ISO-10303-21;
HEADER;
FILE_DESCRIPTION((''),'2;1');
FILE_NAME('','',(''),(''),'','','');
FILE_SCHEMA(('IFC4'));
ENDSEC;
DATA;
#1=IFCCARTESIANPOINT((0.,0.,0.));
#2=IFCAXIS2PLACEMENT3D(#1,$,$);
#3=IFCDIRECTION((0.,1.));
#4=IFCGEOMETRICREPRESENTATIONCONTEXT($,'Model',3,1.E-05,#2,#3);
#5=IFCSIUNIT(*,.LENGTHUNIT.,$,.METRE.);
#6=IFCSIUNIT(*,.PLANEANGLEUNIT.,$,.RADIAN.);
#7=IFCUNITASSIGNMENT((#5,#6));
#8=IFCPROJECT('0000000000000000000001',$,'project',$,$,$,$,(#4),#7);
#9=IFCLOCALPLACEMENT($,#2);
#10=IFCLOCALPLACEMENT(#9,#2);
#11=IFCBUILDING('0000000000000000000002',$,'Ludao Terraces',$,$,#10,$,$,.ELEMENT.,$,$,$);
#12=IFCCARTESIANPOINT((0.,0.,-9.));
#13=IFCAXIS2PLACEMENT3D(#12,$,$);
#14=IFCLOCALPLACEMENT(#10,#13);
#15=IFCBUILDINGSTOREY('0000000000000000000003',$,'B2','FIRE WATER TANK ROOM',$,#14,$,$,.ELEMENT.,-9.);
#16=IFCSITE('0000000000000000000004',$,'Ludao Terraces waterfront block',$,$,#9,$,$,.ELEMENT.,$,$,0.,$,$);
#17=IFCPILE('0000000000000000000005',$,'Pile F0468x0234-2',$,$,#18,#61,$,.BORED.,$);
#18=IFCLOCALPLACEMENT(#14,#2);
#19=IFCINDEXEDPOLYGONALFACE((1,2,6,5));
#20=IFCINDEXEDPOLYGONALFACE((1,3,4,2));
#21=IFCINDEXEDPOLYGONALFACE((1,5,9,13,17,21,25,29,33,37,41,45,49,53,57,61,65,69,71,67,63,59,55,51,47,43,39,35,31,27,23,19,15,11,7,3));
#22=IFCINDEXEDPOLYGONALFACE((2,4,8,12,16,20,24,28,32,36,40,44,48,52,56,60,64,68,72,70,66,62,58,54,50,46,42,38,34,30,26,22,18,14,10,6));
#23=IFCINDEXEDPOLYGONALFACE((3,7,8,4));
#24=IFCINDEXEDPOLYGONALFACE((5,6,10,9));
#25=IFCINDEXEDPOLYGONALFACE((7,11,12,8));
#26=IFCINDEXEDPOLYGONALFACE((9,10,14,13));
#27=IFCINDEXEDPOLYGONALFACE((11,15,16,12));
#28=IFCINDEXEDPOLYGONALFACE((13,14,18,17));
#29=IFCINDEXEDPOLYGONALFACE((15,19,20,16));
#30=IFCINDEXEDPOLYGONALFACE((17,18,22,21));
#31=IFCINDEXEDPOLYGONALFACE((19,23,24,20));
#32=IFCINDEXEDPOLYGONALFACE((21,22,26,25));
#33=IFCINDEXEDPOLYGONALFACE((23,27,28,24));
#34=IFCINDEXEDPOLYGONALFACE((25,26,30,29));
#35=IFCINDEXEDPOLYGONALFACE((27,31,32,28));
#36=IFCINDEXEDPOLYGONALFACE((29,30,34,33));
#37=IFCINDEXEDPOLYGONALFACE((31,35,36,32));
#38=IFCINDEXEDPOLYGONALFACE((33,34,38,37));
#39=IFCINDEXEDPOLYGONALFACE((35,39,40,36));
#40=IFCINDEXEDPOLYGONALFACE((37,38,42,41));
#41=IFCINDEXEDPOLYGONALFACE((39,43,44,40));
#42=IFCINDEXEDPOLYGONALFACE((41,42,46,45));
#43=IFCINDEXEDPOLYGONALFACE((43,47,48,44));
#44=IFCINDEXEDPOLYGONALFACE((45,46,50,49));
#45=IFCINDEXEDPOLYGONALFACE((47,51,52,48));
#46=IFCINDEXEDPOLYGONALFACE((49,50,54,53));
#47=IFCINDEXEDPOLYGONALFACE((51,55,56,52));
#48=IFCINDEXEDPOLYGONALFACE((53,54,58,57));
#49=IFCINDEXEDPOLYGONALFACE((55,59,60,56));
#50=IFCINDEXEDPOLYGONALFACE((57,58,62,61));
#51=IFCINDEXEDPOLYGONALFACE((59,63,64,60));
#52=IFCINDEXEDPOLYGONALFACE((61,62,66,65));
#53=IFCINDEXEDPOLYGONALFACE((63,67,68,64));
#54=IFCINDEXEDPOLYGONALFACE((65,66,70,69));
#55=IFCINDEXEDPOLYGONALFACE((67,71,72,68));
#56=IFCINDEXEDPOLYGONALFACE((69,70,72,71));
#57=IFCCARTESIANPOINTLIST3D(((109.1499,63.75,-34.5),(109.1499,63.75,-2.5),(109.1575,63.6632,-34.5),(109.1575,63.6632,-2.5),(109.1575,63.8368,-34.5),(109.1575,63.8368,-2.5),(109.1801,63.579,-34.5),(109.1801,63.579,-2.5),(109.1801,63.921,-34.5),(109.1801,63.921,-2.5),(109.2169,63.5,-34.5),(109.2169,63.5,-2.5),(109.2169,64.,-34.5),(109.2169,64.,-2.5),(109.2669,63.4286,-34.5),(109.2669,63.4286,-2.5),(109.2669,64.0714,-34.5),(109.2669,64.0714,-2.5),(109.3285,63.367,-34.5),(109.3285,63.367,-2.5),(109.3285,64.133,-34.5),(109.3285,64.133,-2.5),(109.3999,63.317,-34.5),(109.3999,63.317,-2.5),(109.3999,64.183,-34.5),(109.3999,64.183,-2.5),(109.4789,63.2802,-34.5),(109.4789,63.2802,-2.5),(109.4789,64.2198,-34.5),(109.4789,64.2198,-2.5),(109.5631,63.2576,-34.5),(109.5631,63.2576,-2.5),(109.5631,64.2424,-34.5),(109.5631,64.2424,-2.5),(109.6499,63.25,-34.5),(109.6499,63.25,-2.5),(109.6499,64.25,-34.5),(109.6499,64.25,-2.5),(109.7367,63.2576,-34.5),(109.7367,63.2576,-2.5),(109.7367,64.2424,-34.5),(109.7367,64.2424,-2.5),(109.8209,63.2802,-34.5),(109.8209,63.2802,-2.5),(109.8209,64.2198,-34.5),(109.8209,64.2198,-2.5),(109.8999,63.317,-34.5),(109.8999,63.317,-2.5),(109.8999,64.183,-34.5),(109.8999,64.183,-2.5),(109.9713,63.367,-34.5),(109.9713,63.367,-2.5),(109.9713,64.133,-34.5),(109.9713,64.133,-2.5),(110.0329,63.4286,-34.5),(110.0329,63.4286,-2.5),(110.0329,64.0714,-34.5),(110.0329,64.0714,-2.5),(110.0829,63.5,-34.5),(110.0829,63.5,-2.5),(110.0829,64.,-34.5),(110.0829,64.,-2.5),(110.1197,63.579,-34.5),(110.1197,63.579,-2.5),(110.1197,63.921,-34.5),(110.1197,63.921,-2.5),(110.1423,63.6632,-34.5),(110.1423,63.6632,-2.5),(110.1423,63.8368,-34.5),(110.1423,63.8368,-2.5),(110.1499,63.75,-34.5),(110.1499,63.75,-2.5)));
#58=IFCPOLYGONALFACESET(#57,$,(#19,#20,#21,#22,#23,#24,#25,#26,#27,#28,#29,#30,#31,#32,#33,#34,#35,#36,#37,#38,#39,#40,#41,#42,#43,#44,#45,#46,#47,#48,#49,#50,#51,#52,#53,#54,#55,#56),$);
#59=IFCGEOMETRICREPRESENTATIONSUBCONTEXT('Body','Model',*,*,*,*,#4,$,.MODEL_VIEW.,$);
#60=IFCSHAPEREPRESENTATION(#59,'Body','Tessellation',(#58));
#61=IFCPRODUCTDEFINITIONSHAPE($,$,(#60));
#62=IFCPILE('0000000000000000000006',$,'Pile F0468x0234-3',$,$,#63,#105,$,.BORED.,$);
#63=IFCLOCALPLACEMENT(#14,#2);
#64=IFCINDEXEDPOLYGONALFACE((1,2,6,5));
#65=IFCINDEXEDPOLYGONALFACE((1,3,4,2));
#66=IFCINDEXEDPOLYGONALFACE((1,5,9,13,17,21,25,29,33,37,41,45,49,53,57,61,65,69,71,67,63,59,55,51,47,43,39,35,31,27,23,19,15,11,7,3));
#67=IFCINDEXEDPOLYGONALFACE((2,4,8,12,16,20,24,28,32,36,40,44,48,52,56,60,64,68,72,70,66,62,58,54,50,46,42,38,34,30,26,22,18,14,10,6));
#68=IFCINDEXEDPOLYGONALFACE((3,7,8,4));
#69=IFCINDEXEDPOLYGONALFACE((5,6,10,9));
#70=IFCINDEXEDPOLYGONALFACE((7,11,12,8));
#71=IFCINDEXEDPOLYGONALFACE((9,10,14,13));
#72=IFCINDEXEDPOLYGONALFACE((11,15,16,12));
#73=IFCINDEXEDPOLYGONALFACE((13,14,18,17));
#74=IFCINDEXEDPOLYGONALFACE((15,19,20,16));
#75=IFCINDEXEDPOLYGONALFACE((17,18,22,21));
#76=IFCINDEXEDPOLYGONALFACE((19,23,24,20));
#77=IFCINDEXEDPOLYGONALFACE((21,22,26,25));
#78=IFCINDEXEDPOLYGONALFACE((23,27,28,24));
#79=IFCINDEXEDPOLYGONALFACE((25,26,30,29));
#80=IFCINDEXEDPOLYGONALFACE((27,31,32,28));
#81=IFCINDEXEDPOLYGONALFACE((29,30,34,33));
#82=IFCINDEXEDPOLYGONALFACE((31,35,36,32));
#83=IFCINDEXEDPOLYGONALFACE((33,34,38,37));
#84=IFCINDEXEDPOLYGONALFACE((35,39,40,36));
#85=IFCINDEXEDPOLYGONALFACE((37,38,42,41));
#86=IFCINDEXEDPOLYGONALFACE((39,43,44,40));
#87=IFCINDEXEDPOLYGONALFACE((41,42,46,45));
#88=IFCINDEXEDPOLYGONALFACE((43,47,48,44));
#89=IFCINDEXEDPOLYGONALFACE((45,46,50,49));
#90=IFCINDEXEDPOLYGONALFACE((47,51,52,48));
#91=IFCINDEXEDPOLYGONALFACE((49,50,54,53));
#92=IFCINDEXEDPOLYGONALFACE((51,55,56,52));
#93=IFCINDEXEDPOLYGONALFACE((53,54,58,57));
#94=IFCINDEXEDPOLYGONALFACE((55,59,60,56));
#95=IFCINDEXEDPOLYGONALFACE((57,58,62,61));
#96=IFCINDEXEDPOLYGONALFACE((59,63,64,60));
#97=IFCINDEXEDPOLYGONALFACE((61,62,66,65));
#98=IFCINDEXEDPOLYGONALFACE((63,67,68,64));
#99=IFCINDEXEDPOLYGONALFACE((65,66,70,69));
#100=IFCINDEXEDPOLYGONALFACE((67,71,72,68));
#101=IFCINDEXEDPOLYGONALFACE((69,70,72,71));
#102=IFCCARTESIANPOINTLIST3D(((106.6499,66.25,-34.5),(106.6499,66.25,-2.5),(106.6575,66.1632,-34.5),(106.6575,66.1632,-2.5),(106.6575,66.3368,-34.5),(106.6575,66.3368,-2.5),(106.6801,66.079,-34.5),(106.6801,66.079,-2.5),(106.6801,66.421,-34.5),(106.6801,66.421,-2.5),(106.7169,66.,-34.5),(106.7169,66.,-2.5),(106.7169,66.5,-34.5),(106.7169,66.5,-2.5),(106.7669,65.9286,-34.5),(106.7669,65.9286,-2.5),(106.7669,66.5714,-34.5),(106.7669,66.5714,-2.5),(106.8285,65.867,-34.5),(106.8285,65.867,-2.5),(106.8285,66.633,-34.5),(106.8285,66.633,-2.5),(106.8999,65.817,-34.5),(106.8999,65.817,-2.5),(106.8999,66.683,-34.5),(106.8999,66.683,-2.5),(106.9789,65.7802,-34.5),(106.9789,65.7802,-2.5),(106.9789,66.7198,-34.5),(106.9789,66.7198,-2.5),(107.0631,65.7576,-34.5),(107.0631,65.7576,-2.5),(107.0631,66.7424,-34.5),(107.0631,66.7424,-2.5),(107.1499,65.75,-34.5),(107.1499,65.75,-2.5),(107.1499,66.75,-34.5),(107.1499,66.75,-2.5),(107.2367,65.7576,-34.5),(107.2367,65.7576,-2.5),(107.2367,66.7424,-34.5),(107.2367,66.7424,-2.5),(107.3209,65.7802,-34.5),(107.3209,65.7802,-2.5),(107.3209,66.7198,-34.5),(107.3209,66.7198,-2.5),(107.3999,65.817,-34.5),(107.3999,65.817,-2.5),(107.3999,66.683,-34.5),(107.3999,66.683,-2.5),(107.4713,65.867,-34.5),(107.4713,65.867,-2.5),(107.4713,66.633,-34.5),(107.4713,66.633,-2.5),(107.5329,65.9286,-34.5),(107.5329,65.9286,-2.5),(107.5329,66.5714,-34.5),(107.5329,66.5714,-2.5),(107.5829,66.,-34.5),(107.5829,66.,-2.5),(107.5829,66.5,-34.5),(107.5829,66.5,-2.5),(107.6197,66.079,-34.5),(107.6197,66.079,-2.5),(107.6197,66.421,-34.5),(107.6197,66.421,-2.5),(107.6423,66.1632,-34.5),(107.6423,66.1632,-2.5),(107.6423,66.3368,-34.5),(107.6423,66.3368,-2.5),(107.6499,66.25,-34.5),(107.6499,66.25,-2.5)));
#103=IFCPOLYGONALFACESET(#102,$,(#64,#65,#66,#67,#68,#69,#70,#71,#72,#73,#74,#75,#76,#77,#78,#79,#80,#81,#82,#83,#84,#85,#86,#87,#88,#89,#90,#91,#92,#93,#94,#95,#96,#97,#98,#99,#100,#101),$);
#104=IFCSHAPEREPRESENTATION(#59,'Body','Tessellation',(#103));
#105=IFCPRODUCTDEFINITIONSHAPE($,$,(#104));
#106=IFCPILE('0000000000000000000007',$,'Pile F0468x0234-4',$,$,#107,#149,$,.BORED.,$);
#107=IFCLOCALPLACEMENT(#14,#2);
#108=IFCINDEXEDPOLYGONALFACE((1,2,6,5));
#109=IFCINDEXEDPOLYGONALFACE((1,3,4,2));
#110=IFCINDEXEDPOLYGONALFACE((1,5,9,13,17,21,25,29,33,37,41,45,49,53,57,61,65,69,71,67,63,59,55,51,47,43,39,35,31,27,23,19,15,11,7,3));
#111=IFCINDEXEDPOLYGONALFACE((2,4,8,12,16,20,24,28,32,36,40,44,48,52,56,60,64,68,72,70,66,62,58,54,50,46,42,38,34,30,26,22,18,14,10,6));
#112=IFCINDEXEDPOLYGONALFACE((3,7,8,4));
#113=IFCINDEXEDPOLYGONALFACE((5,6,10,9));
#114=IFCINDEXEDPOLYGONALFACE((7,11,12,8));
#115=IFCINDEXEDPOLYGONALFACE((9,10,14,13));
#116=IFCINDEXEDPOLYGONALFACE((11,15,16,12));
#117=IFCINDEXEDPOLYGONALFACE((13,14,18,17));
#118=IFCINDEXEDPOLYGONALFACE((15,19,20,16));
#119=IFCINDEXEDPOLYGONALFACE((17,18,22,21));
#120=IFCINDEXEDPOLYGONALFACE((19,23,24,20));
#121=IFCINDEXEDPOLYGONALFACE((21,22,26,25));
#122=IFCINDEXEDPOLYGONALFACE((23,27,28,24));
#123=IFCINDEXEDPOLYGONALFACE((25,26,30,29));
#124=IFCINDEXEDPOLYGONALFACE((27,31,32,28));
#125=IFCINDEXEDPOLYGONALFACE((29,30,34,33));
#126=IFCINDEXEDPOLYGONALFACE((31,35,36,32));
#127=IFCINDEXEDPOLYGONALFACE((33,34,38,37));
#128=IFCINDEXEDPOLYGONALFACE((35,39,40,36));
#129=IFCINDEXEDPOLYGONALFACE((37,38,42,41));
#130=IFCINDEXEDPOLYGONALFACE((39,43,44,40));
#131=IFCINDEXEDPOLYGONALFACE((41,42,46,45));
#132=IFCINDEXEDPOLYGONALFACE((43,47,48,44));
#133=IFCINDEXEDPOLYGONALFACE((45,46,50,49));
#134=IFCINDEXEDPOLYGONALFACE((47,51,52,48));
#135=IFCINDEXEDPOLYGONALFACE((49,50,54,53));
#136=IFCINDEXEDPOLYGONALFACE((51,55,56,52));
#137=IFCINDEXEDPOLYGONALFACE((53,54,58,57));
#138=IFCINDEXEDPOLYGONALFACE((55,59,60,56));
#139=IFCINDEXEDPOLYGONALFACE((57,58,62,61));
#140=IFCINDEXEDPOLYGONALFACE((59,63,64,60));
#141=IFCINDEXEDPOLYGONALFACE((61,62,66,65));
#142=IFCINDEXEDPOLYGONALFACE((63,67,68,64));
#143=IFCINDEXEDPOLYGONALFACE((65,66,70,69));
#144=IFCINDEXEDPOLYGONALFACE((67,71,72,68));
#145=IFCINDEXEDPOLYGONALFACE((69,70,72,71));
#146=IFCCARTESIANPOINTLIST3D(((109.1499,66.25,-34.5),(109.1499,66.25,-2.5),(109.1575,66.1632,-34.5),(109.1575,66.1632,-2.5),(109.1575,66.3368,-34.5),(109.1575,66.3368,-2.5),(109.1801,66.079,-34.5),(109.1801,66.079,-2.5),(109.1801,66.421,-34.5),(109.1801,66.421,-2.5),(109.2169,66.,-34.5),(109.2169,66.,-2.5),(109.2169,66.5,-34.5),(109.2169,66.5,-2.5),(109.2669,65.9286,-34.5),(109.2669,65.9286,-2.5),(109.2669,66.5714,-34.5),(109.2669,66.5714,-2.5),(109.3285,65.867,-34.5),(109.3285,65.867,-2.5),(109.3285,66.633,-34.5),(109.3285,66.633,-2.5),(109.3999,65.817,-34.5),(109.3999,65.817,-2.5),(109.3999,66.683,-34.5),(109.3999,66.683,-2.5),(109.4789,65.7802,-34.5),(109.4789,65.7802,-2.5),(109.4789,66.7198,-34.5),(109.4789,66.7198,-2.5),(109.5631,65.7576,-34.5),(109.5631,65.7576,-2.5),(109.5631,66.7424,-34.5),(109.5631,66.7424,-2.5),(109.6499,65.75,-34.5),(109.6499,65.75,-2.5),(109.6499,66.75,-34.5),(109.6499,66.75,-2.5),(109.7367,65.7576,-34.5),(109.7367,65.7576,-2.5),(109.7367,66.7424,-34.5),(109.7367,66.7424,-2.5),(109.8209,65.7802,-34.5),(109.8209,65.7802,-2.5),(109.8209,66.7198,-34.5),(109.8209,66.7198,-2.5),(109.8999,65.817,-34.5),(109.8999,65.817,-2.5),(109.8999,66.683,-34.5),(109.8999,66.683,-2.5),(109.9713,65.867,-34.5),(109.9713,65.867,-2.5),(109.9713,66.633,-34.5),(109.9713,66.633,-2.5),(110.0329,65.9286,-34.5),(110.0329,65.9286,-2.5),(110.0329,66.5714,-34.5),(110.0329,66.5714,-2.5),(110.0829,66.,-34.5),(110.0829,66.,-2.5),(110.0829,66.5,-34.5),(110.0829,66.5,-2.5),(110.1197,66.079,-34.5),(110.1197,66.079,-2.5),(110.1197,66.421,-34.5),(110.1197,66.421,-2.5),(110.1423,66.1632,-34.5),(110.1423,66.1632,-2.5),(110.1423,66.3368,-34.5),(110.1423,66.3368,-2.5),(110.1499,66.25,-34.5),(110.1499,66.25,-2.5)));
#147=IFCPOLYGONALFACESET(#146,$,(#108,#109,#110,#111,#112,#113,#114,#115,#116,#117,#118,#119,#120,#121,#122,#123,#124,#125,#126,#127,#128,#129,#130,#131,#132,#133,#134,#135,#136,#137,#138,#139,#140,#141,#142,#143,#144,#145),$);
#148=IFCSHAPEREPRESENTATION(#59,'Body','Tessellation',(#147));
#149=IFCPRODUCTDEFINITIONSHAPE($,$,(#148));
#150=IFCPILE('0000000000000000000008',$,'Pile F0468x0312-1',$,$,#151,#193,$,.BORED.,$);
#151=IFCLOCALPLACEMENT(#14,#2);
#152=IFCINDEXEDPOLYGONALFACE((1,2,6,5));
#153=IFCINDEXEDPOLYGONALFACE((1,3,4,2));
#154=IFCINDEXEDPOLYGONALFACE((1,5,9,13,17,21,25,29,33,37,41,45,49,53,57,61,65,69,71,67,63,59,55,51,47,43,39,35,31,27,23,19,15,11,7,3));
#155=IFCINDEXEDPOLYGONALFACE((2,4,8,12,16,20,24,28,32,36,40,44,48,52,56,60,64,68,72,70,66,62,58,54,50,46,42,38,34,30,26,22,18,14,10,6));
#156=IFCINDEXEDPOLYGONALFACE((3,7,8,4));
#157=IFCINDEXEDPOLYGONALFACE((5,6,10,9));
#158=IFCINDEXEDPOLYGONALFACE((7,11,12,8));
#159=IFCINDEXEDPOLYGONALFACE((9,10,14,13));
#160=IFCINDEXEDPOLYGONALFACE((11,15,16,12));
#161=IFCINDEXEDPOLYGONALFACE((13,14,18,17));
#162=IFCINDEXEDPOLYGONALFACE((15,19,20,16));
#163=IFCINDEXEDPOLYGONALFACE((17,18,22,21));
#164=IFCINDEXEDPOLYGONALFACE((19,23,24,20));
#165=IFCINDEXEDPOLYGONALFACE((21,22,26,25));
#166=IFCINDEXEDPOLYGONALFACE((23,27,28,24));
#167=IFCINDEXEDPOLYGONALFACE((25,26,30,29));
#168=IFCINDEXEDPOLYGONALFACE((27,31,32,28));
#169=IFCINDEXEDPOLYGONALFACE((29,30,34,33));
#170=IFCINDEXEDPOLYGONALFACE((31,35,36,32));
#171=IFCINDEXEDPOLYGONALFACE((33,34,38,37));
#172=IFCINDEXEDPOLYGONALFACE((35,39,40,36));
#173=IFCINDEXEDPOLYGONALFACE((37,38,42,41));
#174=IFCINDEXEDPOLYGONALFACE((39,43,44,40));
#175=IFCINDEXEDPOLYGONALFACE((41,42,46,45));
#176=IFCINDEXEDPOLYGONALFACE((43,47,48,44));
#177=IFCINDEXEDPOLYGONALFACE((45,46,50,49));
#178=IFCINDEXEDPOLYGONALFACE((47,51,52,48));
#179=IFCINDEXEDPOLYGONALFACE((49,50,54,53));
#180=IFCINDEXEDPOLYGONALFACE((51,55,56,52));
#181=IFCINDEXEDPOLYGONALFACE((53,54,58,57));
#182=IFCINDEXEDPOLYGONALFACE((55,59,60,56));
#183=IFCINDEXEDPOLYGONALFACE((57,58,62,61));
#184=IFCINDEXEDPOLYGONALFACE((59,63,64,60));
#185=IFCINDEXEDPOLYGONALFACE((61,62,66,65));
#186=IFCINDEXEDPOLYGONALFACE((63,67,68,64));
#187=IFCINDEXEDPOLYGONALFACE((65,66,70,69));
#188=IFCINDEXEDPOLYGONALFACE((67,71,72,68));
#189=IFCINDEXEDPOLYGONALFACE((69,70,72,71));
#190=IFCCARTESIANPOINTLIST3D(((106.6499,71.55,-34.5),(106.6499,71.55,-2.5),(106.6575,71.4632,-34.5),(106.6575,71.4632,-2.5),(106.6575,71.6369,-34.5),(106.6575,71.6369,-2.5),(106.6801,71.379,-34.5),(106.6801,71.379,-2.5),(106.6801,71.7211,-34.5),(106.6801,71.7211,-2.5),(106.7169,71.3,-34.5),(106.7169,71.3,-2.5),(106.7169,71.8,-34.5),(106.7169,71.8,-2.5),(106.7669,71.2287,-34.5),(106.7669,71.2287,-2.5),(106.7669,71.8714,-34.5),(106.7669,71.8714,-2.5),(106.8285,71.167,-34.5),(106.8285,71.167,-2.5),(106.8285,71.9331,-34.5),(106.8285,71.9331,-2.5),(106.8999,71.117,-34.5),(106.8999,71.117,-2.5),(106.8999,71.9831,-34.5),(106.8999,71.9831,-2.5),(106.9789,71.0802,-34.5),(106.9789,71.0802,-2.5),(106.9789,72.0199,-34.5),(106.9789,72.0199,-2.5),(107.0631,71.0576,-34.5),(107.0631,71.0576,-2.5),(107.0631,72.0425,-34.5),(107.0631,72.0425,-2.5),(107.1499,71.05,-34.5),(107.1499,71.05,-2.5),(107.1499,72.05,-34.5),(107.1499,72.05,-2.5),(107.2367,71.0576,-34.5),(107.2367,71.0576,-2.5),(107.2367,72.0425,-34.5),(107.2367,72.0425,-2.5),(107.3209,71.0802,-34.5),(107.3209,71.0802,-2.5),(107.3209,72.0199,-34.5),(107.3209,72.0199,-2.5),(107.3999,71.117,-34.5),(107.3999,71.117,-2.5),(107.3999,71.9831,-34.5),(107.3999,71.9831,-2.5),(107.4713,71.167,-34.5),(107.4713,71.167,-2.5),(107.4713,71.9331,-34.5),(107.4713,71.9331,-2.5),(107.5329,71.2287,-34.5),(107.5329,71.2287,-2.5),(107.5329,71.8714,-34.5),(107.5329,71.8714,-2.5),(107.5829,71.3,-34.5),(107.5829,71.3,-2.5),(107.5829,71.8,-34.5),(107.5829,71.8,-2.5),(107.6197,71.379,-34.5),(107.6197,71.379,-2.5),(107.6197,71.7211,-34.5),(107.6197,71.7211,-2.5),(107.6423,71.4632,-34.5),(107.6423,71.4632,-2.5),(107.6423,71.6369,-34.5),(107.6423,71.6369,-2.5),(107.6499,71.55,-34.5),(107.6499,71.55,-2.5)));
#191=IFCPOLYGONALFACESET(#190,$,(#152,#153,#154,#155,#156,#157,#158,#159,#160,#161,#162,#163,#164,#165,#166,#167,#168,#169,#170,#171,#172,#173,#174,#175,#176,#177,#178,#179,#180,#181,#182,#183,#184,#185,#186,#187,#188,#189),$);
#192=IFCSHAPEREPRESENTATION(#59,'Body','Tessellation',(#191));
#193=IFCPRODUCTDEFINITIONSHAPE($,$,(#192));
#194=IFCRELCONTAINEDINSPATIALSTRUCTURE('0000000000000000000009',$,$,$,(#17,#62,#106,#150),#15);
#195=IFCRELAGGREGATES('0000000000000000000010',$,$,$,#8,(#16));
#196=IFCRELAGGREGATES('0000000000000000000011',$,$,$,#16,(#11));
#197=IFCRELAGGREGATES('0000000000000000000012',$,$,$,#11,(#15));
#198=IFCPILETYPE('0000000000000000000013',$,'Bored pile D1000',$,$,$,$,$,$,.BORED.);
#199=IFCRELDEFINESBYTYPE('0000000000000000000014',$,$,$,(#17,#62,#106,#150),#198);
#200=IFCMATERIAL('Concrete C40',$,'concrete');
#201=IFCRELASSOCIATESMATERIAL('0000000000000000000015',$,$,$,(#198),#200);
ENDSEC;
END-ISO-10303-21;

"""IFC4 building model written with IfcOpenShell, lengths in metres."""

from ifc_helpers import new_model, si_unit, direction, frame, origin, origin_2d, place, context, subcontext, project, spatial, circle, extrude, material, material_profile, profile_set, type_object, element, save


model = new_model("IFC4")

# Units and contexts
model_context = context("Model", 3, precision=1e-05, world=origin(), true_north=direction((0.0, 1.0)))
body_context = subcontext(model_context, "Body", "Model", "MODEL_VIEW")
ifc_project = project(units=[si_unit("LENGTHUNIT", "METRE"), si_unit("PLANEANGLEUNIT", "RADIAN")], contexts=[model_context])

# Site, building, storey
site_placement = place(None, origin())
site = spatial("IfcSite", under=ifc_project, at=site_placement, Name="Ludao Terraces waterfront block", CompositionType="ELEMENT", RefElevation=0.0)
building_placement = place(site_placement, origin())
building = spatial("IfcBuilding", under=site, at=building_placement, Name="Ludao Terraces", CompositionType="ELEMENT")
storey_placement = place(building_placement, frame((0.0, 0.0, -9.0)))
storey = spatial("IfcBuildingStorey", under=building, at=storey_placement, Name="B2", Description="FIRE WATER TANK ROOM", CompositionType="ELEMENT", Elevation=-9.0)

# Piles
ifc_material_1 = material(Name="Concrete C40", Category="concrete")
ifc_material_profile_1 = material_profile(ifc_material_1, circle(Radius=0.5, at=origin_2d()), Name="D1000 BORED PILE")
ifc_profile_set_1 = profile_set([ifc_material_profile_1], Name="Concrete C40")
pile_type = type_object("IfcPileType", Name="Bored pile D1000", PredefinedType="BORED", material=ifc_profile_set_1)
for number, where, z_axis, x_axis, name in (
    (1, (109.6499, 63.75, -2.5), (0.0, 0.0, -1.0), (1.0, 0.0, 0.0), "Pile F0468x0234-2"),
    (2, (107.1499, 66.25, -2.5), (0.0, 0.0, -1.0), (1.0, 0.0, 0.0), "Pile F0468x0234-3"),
    (3, (109.6499, 66.25, -2.5), (0.0, 0.0, -1.0), (1.0, 0.0, 0.0), "Pile F0468x0234-4"),
    (4, (107.1499, 71.55, -2.5), (0.0, 0.0, -1.0), (1.0, 0.0, 0.0), "Pile F0468x0312-1"),
):
    element("IfcPile", number, at=place(storey_placement, frame(where, z_axis=z_axis, x_axis=x_axis)), inside=storey, type_object=pile_type, Name=name, PredefinedType="BORED", context=body_context, shape_type="SweptSolid", body=[
        extrude(circle(Radius=0.5, at=origin_2d()), origin(), (0.0, 0.0, 1.0), 32.0),
    ])

save(model, "model.ifc")
